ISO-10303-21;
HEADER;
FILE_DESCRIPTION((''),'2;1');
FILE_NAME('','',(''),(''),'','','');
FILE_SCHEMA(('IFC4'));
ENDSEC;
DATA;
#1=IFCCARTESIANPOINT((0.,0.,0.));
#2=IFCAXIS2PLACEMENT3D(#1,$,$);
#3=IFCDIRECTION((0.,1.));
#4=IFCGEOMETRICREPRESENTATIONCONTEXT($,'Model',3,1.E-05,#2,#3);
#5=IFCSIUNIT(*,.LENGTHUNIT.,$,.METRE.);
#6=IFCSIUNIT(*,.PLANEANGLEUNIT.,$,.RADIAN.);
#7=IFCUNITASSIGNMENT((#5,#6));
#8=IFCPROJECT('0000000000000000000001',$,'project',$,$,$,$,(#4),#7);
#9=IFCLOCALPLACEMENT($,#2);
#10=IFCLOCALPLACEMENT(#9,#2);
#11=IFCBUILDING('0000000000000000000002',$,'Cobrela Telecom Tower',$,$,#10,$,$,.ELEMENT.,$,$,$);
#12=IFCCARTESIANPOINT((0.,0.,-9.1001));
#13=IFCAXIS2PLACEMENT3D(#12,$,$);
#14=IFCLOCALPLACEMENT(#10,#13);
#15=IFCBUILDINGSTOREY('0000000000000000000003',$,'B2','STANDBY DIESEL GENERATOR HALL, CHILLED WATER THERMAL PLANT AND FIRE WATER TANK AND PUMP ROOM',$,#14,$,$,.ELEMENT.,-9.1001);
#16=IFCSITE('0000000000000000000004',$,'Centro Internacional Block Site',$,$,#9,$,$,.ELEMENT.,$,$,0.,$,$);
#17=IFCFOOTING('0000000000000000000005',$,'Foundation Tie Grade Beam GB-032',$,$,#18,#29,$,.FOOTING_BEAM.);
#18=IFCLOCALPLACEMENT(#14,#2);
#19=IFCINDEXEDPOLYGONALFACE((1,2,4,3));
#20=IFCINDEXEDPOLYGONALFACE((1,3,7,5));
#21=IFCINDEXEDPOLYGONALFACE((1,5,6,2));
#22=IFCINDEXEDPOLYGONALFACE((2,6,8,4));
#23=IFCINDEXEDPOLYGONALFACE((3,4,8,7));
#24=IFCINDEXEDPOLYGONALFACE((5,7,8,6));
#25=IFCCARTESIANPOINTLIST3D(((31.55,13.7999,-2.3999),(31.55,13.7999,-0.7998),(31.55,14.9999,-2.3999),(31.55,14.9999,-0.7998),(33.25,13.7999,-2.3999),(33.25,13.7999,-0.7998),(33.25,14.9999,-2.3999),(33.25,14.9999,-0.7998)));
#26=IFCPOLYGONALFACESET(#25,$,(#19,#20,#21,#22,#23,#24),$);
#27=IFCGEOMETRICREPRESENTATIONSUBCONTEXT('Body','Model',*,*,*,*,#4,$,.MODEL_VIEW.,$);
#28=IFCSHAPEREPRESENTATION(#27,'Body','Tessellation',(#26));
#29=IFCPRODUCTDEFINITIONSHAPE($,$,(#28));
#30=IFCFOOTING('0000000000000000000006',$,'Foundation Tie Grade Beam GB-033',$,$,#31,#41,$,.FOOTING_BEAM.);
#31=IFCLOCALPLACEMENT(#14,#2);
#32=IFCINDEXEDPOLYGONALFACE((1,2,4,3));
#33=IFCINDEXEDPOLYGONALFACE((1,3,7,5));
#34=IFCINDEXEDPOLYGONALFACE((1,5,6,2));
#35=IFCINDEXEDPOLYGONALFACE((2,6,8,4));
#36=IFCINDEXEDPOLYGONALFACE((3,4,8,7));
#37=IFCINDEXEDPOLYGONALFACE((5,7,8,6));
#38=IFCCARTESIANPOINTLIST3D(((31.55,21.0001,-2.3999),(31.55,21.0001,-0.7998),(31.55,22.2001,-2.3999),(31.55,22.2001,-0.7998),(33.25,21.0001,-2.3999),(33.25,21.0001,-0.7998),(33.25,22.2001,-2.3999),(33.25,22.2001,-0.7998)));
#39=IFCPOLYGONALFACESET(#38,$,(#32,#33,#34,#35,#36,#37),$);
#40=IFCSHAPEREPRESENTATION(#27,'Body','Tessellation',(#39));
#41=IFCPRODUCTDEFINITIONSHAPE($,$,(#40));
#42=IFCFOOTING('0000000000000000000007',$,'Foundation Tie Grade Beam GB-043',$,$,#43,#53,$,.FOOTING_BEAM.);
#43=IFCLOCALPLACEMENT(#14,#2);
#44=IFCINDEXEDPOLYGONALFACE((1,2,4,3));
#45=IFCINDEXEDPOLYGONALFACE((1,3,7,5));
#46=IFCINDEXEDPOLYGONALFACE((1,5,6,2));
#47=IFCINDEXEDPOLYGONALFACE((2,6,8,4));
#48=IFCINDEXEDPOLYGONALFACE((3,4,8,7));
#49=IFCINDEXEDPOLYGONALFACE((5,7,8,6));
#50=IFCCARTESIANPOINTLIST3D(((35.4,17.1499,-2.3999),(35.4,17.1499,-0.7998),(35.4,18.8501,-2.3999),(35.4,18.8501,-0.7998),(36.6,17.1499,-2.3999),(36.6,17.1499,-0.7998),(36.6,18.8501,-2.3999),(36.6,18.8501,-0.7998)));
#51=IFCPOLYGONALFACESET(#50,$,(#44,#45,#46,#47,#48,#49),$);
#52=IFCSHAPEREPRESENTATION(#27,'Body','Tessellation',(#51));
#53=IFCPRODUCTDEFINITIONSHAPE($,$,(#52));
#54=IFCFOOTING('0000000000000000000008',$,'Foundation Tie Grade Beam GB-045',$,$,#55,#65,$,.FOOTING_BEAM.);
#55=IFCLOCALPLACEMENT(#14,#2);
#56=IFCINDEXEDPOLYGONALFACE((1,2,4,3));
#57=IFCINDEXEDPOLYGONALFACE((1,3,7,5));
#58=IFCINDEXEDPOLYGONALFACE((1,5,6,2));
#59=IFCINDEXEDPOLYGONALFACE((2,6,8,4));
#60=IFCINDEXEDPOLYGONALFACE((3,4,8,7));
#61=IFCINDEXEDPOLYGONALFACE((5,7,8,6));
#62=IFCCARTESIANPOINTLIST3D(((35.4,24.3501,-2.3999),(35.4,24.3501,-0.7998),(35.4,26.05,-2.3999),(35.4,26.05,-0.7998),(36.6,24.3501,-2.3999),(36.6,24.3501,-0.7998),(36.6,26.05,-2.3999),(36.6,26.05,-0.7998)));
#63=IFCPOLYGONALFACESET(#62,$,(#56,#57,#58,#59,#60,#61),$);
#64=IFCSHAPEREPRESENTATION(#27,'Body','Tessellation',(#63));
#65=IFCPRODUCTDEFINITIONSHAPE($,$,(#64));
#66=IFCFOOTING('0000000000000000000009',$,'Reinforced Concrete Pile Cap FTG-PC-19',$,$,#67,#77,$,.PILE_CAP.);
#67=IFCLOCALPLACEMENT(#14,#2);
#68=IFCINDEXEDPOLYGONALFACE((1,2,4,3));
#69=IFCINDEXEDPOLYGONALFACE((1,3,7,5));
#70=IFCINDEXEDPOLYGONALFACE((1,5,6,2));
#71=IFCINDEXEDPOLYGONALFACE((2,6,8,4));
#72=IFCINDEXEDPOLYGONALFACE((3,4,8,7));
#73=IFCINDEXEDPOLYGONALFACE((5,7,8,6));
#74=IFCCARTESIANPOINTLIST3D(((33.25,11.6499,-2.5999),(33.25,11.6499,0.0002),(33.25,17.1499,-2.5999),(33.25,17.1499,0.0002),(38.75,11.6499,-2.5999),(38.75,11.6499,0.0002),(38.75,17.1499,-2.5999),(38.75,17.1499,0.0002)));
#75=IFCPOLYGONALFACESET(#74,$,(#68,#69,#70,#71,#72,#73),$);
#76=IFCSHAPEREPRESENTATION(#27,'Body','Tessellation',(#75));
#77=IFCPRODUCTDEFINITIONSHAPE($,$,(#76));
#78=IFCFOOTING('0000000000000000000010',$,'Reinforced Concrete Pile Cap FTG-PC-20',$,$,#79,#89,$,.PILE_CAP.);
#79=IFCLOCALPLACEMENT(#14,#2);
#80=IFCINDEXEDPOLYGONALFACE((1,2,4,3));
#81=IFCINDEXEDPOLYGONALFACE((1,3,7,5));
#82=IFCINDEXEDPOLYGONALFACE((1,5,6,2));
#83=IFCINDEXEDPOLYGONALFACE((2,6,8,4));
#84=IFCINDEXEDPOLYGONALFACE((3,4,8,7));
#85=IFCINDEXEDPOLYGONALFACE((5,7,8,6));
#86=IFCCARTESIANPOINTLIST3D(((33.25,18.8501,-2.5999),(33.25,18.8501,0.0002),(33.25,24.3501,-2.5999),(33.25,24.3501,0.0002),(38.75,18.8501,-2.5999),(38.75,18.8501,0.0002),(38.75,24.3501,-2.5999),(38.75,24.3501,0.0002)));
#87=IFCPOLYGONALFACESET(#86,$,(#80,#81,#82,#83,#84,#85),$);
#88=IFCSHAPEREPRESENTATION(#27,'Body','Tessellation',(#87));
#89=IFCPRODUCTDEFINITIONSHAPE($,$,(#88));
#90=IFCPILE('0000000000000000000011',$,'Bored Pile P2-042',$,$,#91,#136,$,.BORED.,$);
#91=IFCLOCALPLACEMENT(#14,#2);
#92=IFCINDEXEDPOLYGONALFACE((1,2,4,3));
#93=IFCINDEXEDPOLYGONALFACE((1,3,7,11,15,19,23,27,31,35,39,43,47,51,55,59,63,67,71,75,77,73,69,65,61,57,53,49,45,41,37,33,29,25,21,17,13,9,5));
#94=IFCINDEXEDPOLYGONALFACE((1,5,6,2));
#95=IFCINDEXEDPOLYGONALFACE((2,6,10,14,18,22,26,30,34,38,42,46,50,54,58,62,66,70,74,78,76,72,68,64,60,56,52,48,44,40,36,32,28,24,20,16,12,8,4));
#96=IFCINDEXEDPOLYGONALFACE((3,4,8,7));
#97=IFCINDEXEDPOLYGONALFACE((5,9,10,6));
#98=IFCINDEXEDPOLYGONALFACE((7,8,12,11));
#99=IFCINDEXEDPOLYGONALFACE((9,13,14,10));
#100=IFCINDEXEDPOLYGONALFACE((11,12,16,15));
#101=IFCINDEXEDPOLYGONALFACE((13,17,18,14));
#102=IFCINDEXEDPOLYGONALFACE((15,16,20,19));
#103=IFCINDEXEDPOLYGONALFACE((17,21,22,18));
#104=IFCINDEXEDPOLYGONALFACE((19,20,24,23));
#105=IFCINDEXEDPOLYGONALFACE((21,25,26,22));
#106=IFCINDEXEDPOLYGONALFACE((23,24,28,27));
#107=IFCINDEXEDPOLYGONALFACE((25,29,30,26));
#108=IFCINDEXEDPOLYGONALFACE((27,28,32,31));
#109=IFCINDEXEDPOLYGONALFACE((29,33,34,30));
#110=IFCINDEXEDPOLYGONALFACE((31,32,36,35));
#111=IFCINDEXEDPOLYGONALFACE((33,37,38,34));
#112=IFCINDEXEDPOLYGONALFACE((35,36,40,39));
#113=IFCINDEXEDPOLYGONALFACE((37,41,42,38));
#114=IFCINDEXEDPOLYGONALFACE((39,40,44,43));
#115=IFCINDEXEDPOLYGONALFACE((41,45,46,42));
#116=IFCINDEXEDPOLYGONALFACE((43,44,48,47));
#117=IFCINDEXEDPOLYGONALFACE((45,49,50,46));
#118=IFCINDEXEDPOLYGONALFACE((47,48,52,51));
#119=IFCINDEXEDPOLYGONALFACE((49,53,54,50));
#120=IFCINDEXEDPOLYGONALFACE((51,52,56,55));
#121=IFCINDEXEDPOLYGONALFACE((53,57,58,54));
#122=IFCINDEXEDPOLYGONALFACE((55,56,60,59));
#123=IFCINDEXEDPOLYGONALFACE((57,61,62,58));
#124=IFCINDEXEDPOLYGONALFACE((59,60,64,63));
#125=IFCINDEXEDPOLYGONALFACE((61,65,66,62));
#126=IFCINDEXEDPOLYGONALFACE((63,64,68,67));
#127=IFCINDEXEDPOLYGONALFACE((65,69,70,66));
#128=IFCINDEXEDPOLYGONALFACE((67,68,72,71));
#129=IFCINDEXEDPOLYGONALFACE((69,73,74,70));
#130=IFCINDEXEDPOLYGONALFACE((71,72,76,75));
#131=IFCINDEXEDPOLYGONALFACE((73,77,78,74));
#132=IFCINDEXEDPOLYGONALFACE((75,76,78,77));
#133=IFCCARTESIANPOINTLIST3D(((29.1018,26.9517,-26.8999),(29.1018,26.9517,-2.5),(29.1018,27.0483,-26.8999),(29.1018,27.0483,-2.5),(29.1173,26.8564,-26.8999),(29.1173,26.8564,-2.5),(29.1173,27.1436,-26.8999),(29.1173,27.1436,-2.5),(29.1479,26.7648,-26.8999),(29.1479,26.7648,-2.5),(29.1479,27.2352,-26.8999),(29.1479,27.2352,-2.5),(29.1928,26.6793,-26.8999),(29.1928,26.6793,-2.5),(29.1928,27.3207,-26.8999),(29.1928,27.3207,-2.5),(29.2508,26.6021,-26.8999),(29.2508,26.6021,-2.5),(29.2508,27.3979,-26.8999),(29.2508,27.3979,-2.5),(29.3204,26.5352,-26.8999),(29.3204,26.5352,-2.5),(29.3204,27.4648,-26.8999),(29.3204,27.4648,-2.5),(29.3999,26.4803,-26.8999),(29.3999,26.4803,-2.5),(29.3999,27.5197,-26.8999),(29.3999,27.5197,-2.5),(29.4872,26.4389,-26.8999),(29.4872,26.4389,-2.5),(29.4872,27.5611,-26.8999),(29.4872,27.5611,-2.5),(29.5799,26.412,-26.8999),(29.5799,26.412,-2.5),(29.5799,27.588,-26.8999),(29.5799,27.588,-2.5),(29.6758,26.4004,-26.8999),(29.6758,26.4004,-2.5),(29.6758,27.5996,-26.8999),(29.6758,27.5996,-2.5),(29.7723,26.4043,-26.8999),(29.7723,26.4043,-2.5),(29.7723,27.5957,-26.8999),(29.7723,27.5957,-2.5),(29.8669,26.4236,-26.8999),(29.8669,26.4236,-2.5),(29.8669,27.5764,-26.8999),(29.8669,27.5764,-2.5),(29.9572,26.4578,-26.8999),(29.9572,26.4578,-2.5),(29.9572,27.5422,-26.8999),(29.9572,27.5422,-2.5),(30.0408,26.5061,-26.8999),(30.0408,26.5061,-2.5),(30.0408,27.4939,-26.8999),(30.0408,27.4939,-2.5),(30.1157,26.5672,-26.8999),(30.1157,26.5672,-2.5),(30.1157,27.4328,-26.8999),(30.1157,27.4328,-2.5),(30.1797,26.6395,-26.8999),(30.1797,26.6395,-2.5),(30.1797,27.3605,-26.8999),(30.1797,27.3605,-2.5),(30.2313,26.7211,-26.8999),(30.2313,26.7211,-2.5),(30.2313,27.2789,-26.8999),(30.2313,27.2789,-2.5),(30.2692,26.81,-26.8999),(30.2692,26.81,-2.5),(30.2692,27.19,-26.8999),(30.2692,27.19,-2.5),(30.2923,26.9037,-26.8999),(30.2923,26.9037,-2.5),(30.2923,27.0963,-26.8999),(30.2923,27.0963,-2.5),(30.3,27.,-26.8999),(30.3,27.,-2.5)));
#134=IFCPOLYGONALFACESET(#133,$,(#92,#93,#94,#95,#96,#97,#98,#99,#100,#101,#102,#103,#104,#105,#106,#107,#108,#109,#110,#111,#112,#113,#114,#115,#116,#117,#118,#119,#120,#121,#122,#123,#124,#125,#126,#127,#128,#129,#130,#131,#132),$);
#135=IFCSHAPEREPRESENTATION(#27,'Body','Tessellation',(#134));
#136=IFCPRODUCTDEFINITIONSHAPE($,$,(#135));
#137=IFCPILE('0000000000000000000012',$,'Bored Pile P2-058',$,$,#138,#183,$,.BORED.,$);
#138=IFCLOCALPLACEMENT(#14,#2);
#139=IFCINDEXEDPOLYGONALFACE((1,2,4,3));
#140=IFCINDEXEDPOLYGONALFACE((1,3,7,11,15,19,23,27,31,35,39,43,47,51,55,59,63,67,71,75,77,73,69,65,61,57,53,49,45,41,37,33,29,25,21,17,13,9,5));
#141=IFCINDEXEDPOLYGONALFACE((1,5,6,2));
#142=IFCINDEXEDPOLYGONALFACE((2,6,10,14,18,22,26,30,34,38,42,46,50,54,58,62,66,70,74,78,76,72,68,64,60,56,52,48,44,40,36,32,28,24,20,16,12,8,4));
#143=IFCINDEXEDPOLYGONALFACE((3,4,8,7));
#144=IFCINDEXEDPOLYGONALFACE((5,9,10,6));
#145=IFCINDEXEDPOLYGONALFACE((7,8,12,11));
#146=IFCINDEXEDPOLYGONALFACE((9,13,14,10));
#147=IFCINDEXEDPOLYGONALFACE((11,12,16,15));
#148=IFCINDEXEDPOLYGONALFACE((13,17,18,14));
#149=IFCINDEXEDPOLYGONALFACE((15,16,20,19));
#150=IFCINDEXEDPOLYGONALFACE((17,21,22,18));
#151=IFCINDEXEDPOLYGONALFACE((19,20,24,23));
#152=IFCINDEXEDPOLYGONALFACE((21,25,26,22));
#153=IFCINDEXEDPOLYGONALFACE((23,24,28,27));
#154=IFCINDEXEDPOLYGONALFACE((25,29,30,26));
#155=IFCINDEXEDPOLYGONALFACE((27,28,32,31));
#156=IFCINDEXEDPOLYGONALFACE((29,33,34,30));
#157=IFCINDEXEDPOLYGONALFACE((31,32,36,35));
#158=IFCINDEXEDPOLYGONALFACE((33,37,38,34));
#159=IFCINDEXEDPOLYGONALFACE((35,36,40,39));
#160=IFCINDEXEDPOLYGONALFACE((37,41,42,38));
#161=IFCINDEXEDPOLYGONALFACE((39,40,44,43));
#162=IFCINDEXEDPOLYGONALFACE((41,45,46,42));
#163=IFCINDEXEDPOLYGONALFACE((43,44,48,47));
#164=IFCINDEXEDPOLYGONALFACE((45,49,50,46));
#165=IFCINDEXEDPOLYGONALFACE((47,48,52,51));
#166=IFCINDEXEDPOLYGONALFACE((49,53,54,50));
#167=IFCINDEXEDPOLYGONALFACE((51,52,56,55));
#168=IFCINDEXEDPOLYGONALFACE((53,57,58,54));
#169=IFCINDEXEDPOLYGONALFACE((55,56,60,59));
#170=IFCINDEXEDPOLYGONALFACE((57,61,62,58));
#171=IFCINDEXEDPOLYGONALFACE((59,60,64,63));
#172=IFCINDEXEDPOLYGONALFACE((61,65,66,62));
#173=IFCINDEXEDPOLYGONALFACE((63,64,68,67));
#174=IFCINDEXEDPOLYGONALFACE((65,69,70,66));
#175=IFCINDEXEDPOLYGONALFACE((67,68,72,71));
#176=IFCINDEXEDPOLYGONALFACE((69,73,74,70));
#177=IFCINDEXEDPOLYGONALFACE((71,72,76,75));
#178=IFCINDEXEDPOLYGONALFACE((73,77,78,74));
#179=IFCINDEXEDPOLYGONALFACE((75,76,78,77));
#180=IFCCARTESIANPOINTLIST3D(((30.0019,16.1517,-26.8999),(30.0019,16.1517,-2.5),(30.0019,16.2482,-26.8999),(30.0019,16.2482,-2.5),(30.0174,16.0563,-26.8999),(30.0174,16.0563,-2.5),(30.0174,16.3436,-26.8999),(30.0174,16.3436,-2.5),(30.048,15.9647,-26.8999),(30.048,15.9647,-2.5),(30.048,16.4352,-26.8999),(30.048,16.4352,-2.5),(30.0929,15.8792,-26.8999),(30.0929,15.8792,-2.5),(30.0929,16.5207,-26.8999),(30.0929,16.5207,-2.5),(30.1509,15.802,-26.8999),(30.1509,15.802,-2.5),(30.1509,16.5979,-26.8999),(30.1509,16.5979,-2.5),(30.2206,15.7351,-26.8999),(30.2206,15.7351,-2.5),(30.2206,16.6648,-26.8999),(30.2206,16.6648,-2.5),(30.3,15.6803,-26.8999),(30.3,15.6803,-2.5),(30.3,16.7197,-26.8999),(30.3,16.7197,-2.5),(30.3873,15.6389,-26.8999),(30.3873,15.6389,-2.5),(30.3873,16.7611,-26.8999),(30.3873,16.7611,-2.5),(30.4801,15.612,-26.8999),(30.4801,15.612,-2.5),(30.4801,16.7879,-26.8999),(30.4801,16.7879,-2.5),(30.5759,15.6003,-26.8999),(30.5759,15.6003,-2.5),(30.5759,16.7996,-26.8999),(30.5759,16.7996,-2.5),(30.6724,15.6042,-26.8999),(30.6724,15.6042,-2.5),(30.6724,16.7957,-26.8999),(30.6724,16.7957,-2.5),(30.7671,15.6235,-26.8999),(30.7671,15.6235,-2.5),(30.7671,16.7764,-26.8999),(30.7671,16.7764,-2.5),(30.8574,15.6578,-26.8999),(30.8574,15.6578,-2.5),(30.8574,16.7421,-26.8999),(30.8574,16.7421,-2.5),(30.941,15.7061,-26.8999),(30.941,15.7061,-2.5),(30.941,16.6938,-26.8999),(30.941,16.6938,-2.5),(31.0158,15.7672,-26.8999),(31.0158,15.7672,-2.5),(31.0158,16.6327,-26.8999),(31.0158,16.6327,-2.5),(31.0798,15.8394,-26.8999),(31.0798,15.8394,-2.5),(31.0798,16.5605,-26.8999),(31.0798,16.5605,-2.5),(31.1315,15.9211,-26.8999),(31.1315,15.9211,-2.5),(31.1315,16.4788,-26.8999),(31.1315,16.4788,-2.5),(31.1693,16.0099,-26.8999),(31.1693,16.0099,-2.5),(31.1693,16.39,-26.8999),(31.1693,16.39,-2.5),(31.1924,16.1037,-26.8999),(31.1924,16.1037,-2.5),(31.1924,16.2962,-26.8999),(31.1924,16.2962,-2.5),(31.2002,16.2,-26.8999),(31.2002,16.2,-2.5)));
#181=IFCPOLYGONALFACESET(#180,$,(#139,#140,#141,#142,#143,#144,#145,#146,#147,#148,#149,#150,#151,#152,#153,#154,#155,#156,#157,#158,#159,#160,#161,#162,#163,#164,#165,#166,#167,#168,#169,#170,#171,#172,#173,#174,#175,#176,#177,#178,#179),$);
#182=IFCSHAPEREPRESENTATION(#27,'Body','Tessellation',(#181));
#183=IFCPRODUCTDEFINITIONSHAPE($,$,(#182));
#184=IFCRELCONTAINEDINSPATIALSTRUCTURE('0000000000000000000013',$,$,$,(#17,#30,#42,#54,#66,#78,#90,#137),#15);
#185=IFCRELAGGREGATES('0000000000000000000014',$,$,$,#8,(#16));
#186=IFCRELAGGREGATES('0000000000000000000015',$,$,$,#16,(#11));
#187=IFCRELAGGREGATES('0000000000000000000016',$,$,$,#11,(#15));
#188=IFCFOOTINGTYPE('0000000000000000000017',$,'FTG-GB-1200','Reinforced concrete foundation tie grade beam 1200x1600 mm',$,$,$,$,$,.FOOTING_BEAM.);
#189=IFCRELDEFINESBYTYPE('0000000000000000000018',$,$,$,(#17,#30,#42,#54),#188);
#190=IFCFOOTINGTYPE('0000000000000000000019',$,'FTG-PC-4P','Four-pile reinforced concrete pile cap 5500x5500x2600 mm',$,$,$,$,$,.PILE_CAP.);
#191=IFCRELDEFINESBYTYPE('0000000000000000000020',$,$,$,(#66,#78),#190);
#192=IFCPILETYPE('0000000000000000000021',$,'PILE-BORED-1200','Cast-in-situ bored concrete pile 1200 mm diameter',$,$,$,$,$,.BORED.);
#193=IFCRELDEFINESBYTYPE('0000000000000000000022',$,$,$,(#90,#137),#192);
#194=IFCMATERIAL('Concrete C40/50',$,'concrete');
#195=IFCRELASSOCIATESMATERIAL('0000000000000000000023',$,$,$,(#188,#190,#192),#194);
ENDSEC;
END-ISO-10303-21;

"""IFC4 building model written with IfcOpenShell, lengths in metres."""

from ifc_helpers import new_model, si_unit, direction, frame, origin, origin_2d, place, context, subcontext, project, spatial, rectangle, circle, extrude, material, material_profile, profile_set, type_object, element, save


model = new_model("IFC4")

# Units and contexts
model_context = context("Model", 3, precision=1e-05, world=origin(), true_north=direction((0.0, 1.0)))
body_context = subcontext(model_context, "Body", "Model", "MODEL_VIEW")
ifc_project = project(units=[si_unit("LENGTHUNIT", "METRE"), si_unit("PLANEANGLEUNIT", "RADIAN")], contexts=[model_context])

# Site, building, storey
site_placement = place(None, origin())
site = spatial("IfcSite", under=ifc_project, at=site_placement, Name="Centro Internacional Block Site", CompositionType="ELEMENT", RefElevation=0.0)
building_placement = place(site_placement, origin())
building = spatial("IfcBuilding", under=site, at=building_placement, Name="Cobrela Telecom Tower", CompositionType="ELEMENT")
storey_placement = place(building_placement, frame((0.0, 0.0, -9.1001)))
storey = spatial("IfcBuildingStorey", under=building, at=storey_placement, Name="B2", Description="STANDBY DIESEL GENERATOR HALL, CHILLED WATER THERMAL PLANT AND FIRE WATER TANK AND PUMP ROOM", CompositionType="ELEMENT", Elevation=-9.1001)

# Footings
ifc_material_1 = material(Name="Concrete C40/50", Category="concrete")
ifc_material_profile_1 = material_profile(ifc_material_1, rectangle(XDim=1.2, YDim=1.6001, at=origin_2d()), Name="GB 1200x1600")
ifc_profile_set_1 = profile_set([ifc_material_profile_1], Name="Concrete C40/50")
footing_type_1 = type_object("IfcFootingType", Name="FTG-GB-1200", Description="Reinforced concrete foundation tie grade beam 1200x1600 mm", PredefinedType="FOOTING_BEAM", material=ifc_profile_set_1)
for number, where, z_axis, x_axis, name in (
    (1, (31.55, 14.3999, -1.5999), (1.0, 0.0, 0.0), (0.0, 1.0, 0.0), "Foundation Tie Grade Beam GB-032"),
    (2, (31.55, 21.6001, -1.5999), (1.0, 0.0, 0.0), (0.0, 1.0, 0.0), "Foundation Tie Grade Beam GB-033"),
):
    element("IfcFooting", number, at=place(storey_placement, frame(where, z_axis=z_axis, x_axis=x_axis)), inside=storey, type_object=footing_type_1, Name=name, PredefinedType="FOOTING_BEAM", context=body_context, shape_type="SweptSolid", body=[
        extrude(rectangle(XDim=1.2, YDim=1.6001, at=origin_2d()), origin(), (0.0, 0.0, 1.0), 1.7),
    ])
footing_1_placement = place(storey_placement, frame((36.0, 17.1499, -1.5999), z_axis=(0.0, 1.0, 0.0), x_axis=(-1.0, 0.0, 0.0)))
element("IfcFooting", 3, at=footing_1_placement, inside=storey, type_object=footing_type_1, Name="Foundation Tie Grade Beam GB-043", PredefinedType="FOOTING_BEAM", context=body_context, shape_type="SweptSolid", body=[
    extrude(rectangle(XDim=1.2, YDim=1.6001, at=origin_2d()), origin(), (0.0, 0.0, 1.0), 1.7002),
])
footing_2_placement = place(storey_placement, frame((36.0, 24.3501, -1.5999), z_axis=(0.0, 1.0, 0.0), x_axis=(-1.0, 0.0, 0.0)))
element("IfcFooting", 4, at=footing_2_placement, inside=storey, type_object=footing_type_1, Name="Foundation Tie Grade Beam GB-045", PredefinedType="FOOTING_BEAM", context=body_context, shape_type="SweptSolid", body=[
    extrude(rectangle(XDim=1.2, YDim=1.6001, at=origin_2d()), origin(), (0.0, 0.0, 1.0), 1.7),
])
footing_type_2 = type_object("IfcFootingType", Name="FTG-PC-4P", Description="Four-pile reinforced concrete pile cap 5500x5500x2600 mm", PredefinedType="PILE_CAP", material=ifc_material_1)
for number, where, z_axis, x_axis, name in (
    (5, (36.0, 14.3999, -2.5999), (0.0, 0.0, 1.0), (1.0, 0.0, 0.0), "Reinforced Concrete Pile Cap FTG-PC-19"),
    (6, (36.0, 21.6001, -2.5999), (0.0, 0.0, 1.0), (1.0, 0.0, 0.0), "Reinforced Concrete Pile Cap FTG-PC-20"),
):
    element("IfcFooting", number, at=place(storey_placement, frame(where, z_axis=z_axis, x_axis=x_axis)), inside=storey, type_object=footing_type_2, Name=name, PredefinedType="PILE_CAP", context=body_context, shape_type="SweptSolid", body=[
        extrude(rectangle(XDim=5.5, YDim=5.5, at=origin_2d()), origin(), (0.0, 0.0, 1.0), 2.6001),
    ])

# Piles
ifc_material_profile_2 = material_profile(ifc_material_1, circle(Radius=0.6001, at=origin_2d()), Name="BORED PILE D1200")
ifc_profile_set_2 = profile_set([ifc_material_profile_2], Name="Concrete C40/50")
pile_type = type_object("IfcPileType", Name="PILE-BORED-1200", Description="Cast-in-situ bored concrete pile 1200 mm diameter", PredefinedType="BORED", material=ifc_profile_set_2)
for number, where, z_axis, x_axis, name in (
    (7, (29.7, 27.0, -2.5), (0.0, 0.0, -1.0), (1.0, 0.0, 0.0), "Bored Pile P2-042"),
    (8, (30.6001, 16.2, -2.5), (0.0, 0.0, -1.0), (1.0, 0.0, 0.0), "Bored Pile P2-058"),
):
    element("IfcPile", number, at=place(storey_placement, frame(where, z_axis=z_axis, x_axis=x_axis)), inside=storey, type_object=pile_type, Name=name, PredefinedType="BORED", context=body_context, shape_type="SweptSolid", body=[
        extrude(circle(Radius=0.6001, at=origin_2d()), origin(), (0.0, 0.0, 1.0), 24.3999),
    ])

save(model, "model.ifc")
